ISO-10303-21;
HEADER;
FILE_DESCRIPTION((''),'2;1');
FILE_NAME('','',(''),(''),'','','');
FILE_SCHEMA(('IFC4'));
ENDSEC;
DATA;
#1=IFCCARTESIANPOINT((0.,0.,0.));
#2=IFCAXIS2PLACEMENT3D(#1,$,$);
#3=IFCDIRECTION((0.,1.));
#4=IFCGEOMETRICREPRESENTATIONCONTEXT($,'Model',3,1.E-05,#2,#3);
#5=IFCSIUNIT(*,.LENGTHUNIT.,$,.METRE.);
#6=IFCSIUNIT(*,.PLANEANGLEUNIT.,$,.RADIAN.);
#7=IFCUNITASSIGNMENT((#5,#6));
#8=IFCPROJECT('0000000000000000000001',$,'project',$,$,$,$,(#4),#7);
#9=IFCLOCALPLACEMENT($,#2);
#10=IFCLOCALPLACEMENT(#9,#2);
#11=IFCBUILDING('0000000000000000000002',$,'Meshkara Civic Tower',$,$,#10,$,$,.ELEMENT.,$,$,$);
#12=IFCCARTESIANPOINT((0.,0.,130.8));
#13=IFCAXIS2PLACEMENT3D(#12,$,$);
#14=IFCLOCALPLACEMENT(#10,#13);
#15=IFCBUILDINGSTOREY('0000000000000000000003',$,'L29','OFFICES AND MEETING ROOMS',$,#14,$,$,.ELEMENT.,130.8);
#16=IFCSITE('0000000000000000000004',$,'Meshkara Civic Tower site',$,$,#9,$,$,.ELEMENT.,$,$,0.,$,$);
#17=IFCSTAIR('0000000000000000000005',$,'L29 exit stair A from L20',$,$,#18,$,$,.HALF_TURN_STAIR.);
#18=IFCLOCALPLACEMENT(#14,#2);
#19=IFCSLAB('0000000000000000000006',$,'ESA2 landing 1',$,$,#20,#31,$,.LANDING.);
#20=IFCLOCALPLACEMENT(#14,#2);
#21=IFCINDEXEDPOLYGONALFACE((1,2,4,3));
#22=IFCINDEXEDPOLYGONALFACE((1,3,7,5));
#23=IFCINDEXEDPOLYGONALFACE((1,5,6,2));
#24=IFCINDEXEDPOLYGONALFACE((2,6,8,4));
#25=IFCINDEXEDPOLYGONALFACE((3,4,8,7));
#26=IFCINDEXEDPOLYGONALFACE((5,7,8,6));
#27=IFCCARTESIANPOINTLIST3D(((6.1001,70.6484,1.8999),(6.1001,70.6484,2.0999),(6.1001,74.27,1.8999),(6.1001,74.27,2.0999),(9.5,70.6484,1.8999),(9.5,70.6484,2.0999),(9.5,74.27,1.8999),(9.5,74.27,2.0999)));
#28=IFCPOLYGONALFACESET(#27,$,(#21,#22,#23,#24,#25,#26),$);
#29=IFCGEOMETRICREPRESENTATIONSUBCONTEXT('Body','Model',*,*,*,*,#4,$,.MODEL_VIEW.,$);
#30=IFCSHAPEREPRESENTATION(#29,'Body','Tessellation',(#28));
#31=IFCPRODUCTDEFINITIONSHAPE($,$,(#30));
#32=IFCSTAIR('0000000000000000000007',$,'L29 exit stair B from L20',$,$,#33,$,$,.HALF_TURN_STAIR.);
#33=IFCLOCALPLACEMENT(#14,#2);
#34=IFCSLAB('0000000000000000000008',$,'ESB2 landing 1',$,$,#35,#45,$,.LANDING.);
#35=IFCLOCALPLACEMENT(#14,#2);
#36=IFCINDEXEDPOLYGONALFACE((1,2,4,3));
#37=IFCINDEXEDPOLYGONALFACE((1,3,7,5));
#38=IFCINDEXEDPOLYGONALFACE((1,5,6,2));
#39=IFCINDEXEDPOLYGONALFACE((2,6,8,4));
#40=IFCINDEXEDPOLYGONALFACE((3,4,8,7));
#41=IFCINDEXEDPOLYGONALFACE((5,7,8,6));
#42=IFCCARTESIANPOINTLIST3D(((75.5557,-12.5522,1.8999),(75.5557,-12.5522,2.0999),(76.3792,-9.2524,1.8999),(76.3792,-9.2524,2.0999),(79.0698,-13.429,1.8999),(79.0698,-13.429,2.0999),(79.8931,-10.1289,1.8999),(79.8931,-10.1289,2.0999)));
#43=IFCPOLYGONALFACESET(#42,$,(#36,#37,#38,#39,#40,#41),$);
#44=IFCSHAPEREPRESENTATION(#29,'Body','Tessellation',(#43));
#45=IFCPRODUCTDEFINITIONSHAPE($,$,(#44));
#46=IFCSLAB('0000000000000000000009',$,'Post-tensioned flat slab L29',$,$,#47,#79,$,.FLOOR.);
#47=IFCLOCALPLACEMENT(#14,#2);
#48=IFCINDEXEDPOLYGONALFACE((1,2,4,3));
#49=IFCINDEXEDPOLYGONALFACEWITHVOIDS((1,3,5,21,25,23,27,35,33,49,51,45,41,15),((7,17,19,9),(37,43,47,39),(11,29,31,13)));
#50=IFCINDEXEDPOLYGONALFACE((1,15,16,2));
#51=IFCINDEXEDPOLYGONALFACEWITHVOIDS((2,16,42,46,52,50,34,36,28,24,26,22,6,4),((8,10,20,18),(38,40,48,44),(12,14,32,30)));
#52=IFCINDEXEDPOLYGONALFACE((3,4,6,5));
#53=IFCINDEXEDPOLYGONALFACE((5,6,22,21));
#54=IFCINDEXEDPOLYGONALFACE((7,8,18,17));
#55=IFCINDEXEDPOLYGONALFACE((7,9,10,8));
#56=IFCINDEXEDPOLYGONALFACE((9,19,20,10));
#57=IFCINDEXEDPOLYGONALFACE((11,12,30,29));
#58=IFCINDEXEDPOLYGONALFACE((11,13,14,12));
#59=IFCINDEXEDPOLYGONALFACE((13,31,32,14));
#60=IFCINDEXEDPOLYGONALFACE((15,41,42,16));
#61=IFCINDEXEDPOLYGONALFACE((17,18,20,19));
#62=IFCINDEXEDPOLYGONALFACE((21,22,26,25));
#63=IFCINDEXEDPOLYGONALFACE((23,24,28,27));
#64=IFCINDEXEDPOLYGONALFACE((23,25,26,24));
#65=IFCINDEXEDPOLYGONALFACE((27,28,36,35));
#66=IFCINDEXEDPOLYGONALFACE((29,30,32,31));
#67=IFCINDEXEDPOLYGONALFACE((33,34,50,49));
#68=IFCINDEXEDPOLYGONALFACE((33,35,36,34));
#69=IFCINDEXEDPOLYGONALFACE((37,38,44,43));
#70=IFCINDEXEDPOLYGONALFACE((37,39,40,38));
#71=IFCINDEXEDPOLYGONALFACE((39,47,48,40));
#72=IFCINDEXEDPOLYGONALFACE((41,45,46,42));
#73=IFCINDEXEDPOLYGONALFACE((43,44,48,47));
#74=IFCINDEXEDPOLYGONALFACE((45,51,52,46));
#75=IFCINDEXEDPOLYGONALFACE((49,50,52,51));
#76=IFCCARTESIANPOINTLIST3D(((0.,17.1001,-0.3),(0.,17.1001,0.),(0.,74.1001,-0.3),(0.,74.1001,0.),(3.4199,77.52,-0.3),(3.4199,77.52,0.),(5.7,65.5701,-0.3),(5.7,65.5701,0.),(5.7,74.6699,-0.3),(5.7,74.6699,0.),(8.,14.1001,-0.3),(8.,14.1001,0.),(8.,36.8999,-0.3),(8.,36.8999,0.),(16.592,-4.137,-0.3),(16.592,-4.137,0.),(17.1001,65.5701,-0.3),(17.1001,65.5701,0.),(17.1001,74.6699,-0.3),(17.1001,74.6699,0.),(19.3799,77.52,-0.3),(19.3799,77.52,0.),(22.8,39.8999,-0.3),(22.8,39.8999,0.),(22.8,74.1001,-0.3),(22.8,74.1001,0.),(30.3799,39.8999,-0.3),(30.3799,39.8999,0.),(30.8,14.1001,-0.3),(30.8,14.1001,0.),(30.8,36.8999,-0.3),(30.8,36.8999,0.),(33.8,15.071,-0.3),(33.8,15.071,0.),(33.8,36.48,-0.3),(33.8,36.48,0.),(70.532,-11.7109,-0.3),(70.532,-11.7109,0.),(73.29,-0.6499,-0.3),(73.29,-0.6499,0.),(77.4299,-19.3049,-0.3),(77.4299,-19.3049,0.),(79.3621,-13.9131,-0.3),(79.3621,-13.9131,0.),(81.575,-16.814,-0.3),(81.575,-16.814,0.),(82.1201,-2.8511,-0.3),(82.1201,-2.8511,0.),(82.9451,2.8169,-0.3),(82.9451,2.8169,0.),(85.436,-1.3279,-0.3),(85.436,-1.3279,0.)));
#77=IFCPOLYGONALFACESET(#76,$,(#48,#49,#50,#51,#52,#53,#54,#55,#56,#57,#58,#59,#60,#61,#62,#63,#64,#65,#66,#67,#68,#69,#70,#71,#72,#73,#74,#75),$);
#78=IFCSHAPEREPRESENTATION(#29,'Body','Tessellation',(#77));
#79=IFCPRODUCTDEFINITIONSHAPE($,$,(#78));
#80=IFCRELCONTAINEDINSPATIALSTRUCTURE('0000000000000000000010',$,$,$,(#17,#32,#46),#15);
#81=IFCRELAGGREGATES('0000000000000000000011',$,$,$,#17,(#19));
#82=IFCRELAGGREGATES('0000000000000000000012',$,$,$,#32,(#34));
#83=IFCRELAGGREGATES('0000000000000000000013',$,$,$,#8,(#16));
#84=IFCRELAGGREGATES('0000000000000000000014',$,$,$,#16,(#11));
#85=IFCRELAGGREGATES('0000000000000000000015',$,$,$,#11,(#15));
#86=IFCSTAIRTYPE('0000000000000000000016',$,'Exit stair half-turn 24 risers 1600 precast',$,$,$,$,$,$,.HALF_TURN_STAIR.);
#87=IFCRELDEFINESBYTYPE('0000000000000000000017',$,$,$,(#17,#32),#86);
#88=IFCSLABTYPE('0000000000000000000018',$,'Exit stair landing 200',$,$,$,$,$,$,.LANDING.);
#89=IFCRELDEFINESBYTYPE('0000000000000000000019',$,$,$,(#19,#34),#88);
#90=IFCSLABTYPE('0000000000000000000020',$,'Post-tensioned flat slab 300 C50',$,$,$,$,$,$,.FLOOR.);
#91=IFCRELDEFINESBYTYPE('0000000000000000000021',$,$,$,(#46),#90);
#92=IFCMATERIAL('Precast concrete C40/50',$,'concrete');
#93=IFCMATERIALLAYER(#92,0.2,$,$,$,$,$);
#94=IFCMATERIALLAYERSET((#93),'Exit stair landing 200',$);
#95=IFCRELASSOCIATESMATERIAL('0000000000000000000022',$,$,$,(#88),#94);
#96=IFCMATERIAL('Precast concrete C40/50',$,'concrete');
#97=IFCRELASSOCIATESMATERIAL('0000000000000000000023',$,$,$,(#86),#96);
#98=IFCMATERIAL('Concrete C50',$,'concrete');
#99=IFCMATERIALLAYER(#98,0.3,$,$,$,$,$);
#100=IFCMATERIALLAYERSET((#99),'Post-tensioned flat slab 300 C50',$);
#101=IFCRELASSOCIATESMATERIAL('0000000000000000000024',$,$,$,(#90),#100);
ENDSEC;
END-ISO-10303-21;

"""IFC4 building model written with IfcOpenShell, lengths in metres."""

from ifc_helpers import new_model, si_unit, direction, frame, origin, place, context, subcontext, project, spatial, polyline, outline, extrude, material, layer, layer_set, type_object, element, aggregate, save


model = new_model("IFC4")

# Units and contexts
model_context = context("Model", 3, precision=1e-05, world=origin(), true_north=direction((0.0, 1.0)))
body_context = subcontext(model_context, "Body", "Model", "MODEL_VIEW")
ifc_project = project(units=[si_unit("LENGTHUNIT", "METRE"), si_unit("PLANEANGLEUNIT", "RADIAN")], contexts=[model_context])

# Site, building, storey
site_placement = place(None, origin())
site = spatial("IfcSite", under=ifc_project, at=site_placement, Name="Meshkara Civic Tower site", CompositionType="ELEMENT", RefElevation=0.0)
building_placement = place(site_placement, origin())
building = spatial("IfcBuilding", under=site, at=building_placement, Name="Meshkara Civic Tower", CompositionType="ELEMENT")
storey_placement = place(building_placement, frame((0.0, 0.0, 130.8)))
storey = spatial("IfcBuildingStorey", under=building, at=storey_placement, Name="L29", Description="OFFICES AND MEETING ROOMS", CompositionType="ELEMENT", Elevation=130.8)

# Stairs, slabs
ifc_material_1 = material(Name="Precast concrete C40/50", Category="concrete")
ifc_layer_1 = layer(ifc_material_1, 0.2)
ifc_layer_set_1 = layer_set([ifc_layer_1], Name="Exit stair landing 200")
slab_type_1 = type_object("IfcSlabType", Name="Exit stair landing 200", PredefinedType="LANDING", material=ifc_layer_set_1)
ifc_material_2 = material(Name="Precast concrete C40/50", Category="concrete")
stair_type_1 = type_object("IfcStairType", Name="Exit stair half-turn 24 risers 1600 precast", PredefinedType="HALF_TURN_STAIR", material=ifc_material_2)
stair_1_placement = place(storey_placement, origin())
stair_1 = element("IfcStair", 1, at=stair_1_placement, inside=storey, type_object=stair_type_1, Name="L29 exit stair A from L20", PredefinedType="HALF_TURN_STAIR")
slab_1_placement = place(storey_placement, frame((0.0, 0.0, 1.8999)))
slab_1 = element("IfcSlab", 2, at=slab_1_placement, type_object=slab_type_1, Name="ESA2 landing 1", PredefinedType="LANDING", context=body_context, shape_type="SweptSolid", body=[
    extrude(outline(polyline([(9.5, 70.6484), (9.5, 74.27), (6.1001, 74.27), (6.1001, 70.6484), (9.5, 70.6484)])), origin(), (0.0, 0.0, 1.0), 0.2),
])
aggregate(stair_1, [slab_1])
stair_2_placement = place(storey_placement, origin())
stair_2 = element("IfcStair", 3, at=stair_2_placement, inside=storey, type_object=stair_type_1, Name="L29 exit stair B from L20", PredefinedType="HALF_TURN_STAIR")
slab_2_placement = place(storey_placement, frame((0.0, 0.0, 1.8999)))
slab_2 = element("IfcSlab", 4, at=slab_2_placement, type_object=slab_type_1, Name="ESB2 landing 1", PredefinedType="LANDING", context=body_context, shape_type="SweptSolid", body=[
    extrude(outline(polyline([(75.5557, -12.5522), (79.0698, -13.429), (79.8931, -10.1289), (76.3792, -9.2524), (75.5557, -12.5522)])), origin(), (0.0, 0.0, 1.0), 0.2),
])
aggregate(stair_2, [slab_2])

# Slab
ifc_material_3 = material(Name="Concrete C50", Category="concrete")
ifc_layer_2 = layer(ifc_material_3, 0.3)
ifc_layer_set_2 = layer_set([ifc_layer_2], Name="Post-tensioned flat slab 300 C50")
slab_type_2 = type_object("IfcSlabType", Name="Post-tensioned flat slab 300 C50", PredefinedType="FLOOR", material=ifc_layer_set_2)
slab_3_placement = place(storey_placement, frame((0.0, 0.0, -0.3)))
element("IfcSlab", 5, at=slab_3_placement, inside=storey, type_object=slab_type_2, Name="Post-tensioned flat slab L29", PredefinedType="FLOOR", context=body_context, shape_type="SweptSolid", body=[
    extrude(outline(polyline([(81.575, -16.814), (77.4299, -19.3049), (16.592, -4.137), (0.0, 17.1001), (0.0, 74.1001), (3.4199, 77.52), (19.3799, 77.52), (22.8, 74.1001), (22.8, 39.8999), (30.3799, 39.8999), (33.8, 36.48), (33.8, 15.071), (82.9451, 2.8169), (85.436, -1.3279), (81.575, -16.814)]), holes=[polyline([(79.3621, -13.9131), (82.1201, -2.8511), (73.29, -0.6499), (70.532, -11.7109), (79.3621, -13.9131)]), polyline([(8.0, 14.1001), (30.8, 14.1001), (30.8, 36.8999), (8.0, 36.8999), (8.0, 14.1001)]), polyline([(5.7, 74.6699), (5.7, 65.5701), (17.1001, 65.5701), (17.1001, 74.6699), (5.7, 74.6699)])]), origin(), (0.0, 0.0, 1.0), 0.3),
])

save(model, "model.ifc")
